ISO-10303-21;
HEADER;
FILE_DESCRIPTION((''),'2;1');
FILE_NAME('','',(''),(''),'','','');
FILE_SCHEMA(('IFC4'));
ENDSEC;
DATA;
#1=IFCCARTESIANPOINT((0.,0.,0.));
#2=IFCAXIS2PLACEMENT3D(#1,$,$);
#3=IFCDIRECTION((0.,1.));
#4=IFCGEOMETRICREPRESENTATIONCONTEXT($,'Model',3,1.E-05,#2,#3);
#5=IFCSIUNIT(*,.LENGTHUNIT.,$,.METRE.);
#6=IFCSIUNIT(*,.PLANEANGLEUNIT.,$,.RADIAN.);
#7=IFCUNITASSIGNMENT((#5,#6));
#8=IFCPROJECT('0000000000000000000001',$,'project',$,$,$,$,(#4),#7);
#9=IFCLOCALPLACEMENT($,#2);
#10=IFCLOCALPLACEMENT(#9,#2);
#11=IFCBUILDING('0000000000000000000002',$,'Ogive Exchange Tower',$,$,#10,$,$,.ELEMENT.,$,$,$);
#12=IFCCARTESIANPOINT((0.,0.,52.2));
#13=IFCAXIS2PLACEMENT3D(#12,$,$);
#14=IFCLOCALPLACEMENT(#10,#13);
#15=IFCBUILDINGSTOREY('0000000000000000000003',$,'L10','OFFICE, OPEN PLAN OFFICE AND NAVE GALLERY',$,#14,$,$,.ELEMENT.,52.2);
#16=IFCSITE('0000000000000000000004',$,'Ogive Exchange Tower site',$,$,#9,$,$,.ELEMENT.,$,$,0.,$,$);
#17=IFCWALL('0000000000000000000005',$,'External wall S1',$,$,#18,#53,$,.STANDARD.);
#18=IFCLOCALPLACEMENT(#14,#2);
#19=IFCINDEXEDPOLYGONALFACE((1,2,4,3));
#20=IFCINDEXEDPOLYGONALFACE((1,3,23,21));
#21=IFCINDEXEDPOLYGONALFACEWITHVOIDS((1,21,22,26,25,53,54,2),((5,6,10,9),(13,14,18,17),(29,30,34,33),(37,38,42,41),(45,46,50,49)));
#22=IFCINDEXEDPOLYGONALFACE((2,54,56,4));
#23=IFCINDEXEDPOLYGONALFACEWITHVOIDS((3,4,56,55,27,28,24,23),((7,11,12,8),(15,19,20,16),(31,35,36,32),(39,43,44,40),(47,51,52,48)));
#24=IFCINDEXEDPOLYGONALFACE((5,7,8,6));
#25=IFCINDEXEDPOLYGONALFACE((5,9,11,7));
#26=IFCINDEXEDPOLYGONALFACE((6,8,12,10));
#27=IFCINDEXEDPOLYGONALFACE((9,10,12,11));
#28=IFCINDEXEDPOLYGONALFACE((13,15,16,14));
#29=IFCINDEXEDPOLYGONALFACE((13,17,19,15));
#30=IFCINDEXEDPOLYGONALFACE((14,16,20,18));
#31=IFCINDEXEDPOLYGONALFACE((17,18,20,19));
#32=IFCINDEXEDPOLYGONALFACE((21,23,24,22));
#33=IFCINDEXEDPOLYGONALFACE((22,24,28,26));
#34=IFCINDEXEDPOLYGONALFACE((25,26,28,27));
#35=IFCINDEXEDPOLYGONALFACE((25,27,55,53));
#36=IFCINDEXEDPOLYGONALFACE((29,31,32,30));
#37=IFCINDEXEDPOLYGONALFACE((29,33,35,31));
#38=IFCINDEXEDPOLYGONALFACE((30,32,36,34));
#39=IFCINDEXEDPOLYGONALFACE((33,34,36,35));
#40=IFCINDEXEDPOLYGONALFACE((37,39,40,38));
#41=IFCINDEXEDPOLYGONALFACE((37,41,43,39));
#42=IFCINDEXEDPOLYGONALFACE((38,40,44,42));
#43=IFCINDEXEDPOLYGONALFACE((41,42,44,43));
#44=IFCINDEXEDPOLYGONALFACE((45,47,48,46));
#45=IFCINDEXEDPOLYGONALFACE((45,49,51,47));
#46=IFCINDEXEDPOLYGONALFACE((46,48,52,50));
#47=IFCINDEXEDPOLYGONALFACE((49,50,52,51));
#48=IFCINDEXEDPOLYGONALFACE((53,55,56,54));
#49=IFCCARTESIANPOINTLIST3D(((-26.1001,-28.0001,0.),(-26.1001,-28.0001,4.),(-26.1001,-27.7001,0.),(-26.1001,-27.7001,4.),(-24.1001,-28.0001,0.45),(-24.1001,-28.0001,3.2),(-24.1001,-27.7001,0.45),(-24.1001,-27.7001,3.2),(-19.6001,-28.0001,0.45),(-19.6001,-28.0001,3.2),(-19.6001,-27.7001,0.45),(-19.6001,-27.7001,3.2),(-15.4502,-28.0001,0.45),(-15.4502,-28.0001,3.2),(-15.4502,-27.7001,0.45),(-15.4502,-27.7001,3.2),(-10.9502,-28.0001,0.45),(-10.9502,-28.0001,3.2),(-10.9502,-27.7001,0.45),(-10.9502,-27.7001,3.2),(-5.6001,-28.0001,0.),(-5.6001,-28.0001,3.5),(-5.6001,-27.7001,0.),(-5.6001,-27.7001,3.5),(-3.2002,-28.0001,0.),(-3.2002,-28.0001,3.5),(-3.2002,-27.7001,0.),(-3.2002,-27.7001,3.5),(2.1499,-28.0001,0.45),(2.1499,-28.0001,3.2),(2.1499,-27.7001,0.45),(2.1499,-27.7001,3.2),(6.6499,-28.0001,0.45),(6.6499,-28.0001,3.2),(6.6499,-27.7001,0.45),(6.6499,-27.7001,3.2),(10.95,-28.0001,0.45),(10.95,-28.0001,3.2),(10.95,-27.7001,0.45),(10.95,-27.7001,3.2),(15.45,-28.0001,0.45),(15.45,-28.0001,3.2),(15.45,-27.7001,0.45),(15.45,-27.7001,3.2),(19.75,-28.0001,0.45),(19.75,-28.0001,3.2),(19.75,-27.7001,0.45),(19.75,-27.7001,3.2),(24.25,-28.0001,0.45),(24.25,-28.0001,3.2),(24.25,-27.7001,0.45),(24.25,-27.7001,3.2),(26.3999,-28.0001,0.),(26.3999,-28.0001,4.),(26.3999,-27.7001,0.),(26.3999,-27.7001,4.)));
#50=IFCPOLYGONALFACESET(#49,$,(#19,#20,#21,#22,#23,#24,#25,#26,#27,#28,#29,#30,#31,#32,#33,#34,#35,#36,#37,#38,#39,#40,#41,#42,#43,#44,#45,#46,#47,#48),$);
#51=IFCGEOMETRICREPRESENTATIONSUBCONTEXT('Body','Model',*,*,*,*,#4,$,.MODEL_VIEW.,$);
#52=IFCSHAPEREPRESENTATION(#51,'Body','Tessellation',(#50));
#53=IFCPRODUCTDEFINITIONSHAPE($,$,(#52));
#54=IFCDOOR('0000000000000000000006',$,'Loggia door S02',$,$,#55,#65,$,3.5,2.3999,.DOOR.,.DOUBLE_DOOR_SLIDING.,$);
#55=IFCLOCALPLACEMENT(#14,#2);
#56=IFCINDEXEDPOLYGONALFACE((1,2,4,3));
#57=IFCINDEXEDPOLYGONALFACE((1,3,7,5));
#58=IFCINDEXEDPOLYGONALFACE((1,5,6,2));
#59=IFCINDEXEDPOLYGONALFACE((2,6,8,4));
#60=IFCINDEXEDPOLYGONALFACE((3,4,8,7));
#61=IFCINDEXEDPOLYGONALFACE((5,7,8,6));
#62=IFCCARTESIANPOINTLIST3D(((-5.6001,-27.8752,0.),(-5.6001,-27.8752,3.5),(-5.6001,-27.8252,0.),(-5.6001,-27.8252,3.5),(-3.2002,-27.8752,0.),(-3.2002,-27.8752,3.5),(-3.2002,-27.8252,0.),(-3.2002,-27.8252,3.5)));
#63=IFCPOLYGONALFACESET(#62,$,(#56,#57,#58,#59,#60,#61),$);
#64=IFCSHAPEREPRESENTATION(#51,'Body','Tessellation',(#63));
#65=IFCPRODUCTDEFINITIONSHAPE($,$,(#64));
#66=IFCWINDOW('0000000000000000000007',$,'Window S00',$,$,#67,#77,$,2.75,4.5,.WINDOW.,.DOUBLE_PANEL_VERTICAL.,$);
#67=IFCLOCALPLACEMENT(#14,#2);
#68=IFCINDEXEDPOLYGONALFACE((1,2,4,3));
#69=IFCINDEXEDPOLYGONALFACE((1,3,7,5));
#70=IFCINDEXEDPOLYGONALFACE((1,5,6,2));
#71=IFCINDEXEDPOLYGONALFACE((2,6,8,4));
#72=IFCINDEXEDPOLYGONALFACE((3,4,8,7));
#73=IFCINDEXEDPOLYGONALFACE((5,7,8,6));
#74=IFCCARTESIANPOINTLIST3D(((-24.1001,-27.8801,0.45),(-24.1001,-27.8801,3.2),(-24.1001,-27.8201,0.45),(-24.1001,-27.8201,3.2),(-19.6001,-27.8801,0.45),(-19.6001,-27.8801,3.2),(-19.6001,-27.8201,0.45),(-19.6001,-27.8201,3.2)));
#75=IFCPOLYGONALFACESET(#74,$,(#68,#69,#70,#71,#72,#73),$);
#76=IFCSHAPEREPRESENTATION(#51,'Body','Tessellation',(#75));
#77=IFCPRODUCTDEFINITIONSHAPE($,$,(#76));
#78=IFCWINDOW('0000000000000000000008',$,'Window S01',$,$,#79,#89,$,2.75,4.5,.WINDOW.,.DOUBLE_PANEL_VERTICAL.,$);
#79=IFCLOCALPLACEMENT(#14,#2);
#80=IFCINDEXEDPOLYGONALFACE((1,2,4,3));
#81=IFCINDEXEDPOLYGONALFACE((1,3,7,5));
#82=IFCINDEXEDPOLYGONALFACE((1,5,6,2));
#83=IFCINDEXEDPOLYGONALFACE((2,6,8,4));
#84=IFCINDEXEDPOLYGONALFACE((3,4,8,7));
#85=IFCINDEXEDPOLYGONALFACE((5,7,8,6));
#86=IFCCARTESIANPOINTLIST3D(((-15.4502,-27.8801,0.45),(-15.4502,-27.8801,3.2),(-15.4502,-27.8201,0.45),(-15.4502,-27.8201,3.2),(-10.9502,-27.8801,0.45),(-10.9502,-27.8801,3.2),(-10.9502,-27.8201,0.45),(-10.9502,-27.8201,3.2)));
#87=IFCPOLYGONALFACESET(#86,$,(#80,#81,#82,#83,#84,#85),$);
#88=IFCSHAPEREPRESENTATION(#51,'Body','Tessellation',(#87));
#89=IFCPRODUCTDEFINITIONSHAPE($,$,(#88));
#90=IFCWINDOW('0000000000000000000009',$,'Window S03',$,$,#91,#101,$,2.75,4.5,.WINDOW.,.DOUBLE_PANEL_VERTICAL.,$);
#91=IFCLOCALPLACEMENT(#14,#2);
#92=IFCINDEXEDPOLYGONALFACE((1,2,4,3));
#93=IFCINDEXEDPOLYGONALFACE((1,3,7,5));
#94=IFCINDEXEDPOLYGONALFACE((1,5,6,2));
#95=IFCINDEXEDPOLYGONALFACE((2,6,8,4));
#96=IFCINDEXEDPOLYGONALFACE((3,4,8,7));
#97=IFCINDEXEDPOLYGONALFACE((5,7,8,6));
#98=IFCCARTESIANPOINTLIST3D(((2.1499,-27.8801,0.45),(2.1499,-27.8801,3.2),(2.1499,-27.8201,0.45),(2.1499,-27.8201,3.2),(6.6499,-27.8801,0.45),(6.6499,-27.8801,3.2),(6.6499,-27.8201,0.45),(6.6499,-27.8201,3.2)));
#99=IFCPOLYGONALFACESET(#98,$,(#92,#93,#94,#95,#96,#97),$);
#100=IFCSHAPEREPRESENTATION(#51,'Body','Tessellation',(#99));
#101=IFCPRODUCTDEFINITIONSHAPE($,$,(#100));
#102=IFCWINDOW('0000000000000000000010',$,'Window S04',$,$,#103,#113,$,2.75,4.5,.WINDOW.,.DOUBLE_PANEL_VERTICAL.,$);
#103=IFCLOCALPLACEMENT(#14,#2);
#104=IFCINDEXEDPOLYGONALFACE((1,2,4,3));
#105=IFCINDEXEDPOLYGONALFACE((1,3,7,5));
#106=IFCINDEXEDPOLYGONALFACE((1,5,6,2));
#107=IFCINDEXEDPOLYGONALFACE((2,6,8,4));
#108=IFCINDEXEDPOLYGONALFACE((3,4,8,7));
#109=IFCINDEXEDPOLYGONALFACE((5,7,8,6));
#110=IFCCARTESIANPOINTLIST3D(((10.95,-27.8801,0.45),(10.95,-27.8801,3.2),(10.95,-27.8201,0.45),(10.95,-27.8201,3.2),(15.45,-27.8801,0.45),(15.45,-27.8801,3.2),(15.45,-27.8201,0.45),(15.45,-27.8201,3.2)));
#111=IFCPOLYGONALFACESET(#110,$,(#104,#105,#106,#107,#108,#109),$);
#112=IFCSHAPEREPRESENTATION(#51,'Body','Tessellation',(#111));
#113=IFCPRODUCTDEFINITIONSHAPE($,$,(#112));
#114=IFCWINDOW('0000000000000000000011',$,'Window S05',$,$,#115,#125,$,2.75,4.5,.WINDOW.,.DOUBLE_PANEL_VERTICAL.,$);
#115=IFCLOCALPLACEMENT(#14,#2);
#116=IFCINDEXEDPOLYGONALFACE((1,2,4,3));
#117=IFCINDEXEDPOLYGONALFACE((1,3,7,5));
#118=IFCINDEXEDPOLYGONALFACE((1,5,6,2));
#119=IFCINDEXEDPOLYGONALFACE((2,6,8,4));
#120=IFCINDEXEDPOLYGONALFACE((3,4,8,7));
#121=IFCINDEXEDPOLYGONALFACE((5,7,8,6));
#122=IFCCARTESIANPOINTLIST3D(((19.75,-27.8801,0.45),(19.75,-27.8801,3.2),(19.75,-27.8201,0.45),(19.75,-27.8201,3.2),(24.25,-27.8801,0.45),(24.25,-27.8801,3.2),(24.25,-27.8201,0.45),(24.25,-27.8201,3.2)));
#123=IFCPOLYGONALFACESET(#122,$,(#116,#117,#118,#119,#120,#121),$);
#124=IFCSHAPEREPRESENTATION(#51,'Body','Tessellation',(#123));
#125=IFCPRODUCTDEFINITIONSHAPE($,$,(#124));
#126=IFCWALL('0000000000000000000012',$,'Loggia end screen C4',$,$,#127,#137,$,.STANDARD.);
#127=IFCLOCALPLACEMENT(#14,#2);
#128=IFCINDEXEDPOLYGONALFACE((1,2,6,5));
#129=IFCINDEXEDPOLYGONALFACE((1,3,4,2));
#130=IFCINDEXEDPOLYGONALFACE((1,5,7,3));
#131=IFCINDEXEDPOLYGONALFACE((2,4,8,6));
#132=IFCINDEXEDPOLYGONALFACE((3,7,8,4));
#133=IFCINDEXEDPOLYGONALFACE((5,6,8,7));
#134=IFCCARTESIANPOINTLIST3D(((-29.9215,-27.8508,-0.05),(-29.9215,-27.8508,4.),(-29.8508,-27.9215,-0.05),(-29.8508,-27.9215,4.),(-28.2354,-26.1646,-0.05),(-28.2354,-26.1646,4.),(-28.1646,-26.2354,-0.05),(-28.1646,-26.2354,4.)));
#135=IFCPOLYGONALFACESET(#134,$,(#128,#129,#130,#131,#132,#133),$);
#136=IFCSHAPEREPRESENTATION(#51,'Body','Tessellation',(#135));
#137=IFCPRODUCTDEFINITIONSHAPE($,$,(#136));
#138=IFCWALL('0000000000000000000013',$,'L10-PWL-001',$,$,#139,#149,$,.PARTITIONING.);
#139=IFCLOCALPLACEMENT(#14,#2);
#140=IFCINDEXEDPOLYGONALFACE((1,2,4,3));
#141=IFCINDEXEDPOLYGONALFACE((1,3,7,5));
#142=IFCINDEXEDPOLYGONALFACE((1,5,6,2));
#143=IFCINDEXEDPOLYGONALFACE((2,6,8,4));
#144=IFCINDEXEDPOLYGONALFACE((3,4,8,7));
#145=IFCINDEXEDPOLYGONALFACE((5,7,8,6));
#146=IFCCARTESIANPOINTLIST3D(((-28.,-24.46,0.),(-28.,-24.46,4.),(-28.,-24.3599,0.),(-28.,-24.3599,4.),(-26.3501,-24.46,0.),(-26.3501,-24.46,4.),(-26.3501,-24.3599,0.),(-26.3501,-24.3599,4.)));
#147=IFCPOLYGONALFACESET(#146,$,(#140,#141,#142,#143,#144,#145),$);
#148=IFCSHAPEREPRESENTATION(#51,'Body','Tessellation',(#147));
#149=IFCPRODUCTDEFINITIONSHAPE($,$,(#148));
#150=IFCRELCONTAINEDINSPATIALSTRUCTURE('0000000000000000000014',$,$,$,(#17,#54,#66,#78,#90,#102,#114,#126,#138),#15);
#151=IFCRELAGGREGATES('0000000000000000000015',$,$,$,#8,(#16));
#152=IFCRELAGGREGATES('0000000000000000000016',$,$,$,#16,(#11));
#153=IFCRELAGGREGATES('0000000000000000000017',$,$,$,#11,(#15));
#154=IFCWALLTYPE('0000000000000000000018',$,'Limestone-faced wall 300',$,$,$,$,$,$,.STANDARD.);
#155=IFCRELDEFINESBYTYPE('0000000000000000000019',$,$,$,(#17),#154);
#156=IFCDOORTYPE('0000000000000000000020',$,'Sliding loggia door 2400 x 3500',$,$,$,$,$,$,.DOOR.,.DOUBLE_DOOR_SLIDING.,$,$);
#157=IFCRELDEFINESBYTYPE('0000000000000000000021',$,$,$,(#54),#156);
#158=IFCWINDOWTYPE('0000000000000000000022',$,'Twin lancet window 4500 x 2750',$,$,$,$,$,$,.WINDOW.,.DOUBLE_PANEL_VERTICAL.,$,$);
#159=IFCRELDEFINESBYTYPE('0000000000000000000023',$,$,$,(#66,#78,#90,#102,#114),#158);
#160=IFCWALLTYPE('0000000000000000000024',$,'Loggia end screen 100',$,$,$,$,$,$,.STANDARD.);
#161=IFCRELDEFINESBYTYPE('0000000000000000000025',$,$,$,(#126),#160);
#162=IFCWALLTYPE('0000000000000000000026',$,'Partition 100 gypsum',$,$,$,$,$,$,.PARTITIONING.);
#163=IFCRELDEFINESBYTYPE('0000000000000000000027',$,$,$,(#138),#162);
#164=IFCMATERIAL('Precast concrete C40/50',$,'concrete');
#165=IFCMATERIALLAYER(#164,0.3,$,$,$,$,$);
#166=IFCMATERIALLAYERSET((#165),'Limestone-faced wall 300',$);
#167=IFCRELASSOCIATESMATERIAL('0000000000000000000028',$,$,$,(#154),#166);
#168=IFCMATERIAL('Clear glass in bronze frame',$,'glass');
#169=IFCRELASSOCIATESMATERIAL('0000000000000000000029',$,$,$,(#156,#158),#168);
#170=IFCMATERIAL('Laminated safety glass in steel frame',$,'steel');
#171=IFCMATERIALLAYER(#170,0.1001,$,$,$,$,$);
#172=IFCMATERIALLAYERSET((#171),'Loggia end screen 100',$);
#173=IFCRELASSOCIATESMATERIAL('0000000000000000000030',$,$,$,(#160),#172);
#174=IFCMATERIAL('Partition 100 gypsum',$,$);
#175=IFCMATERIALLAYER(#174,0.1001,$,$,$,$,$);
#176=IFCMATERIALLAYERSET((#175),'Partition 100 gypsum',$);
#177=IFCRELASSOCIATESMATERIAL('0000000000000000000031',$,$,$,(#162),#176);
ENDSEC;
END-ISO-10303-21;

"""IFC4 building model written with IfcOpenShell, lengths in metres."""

from ifc_helpers import new_model, si_unit, direction, frame, frame_2d, origin, place, context, subcontext, project, spatial, rectangle, extrude, material, layer, layer_set, type_object, element, fill, save


model = new_model("IFC4")

# Units and contexts
model_context = context("Model", 3, precision=1e-05, world=origin(), true_north=direction((0.0, 1.0)))
body_context = subcontext(model_context, "Body", "Model", "MODEL_VIEW")
ifc_project = project(units=[si_unit("LENGTHUNIT", "METRE"), si_unit("PLANEANGLEUNIT", "RADIAN")], contexts=[model_context])

# Site, building, storey
site_placement = place(None, origin())
site = spatial("IfcSite", under=ifc_project, at=site_placement, Name="Ogive Exchange Tower site", CompositionType="ELEMENT", RefElevation=0.0)
building_placement = place(site_placement, origin())
building = spatial("IfcBuilding", under=site, at=building_placement, Name="Ogive Exchange Tower", CompositionType="ELEMENT")
storey_placement = place(building_placement, frame((0.0, 0.0, 52.2)))
storey = spatial("IfcBuildingStorey", under=building, at=storey_placement, Name="L10", Description="OFFICE, OPEN PLAN OFFICE AND NAVE GALLERY", CompositionType="ELEMENT", Elevation=52.2)

# Wall, openings, door, windows
ifc_material_1 = material(Name="Precast concrete C40/50", Category="concrete")
ifc_layer_1 = layer(ifc_material_1, 0.3)
ifc_layer_set_1 = layer_set([ifc_layer_1], Name="Limestone-faced wall 300")
wall_type_1 = type_object("IfcWallType", Name="Limestone-faced wall 300", PredefinedType="STANDARD", material=ifc_layer_set_1)
wall_1_placement = place(storey_placement, frame((-26.1001, -27.8501, 0.0), z_axis=(0.0, 0.0, 1.0), x_axis=(1.0, 0.0, 0.0)))
wall_1 = element("IfcWall", 1, at=wall_1_placement, inside=storey, type_object=wall_type_1, Name="External wall S1", PredefinedType="STANDARD", context=body_context, shape_type="SweptSolid", body=[
    extrude(rectangle(XDim=52.5, YDim=0.3, at=frame_2d((26.25, 0.0))), origin(), (0.0, 0.0, 1.0), 4.0),
])
opening_1_placement = place(wall_1_placement, frame((2.0, 0.0, 0.45)))
opening_1 = element("IfcOpeningElement", 2, at=opening_1_placement, cuts=wall_1, PredefinedType="OPENING", context=body_context, shape_type="SweptSolid", body=[
    extrude(rectangle(XDim=4.5, YDim=2.75, at=frame_2d((2.25, 1.375))), frame((0.0, 0.1599, 0.0), z_axis=(0.0, -1.0, 0.0), x_axis=(1.0, 0.0, 0.0)), (0.0, 0.0, 1.0), 0.3201),
])
opening_2_placement = place(wall_1_placement, frame((10.6499, 0.0, 0.45)))
opening_2 = element("IfcOpeningElement", 3, at=opening_2_placement, cuts=wall_1, PredefinedType="OPENING", context=body_context, shape_type="SweptSolid", body=[
    extrude(rectangle(XDim=4.5, YDim=2.75, at=frame_2d((2.25, 1.375))), frame((0.0, 0.1599, 0.0), z_axis=(0.0, -1.0, 0.0), x_axis=(1.0, 0.0, 0.0)), (0.0, 0.0, 1.0), 0.3201),
])
opening_3_placement = place(wall_1_placement, frame((20.5, 0.0, 0.0)))
opening_3 = element("IfcOpeningElement", 4, at=opening_3_placement, cuts=wall_1, PredefinedType="OPENING", context=body_context, shape_type="SweptSolid", body=[
    extrude(rectangle(XDim=2.3999, YDim=3.5, at=frame_2d((1.2, 1.75))), frame((0.0, 0.1599, 0.0), z_axis=(0.0, -1.0, 0.0), x_axis=(1.0, 0.0, 0.0)), (0.0, 0.0, 1.0), 0.3201),
])
opening_4_placement = place(wall_1_placement, frame((28.25, 0.0, 0.45)))
opening_4 = element("IfcOpeningElement", 5, at=opening_4_placement, cuts=wall_1, PredefinedType="OPENING", context=body_context, shape_type="SweptSolid", body=[
    extrude(rectangle(XDim=4.5, YDim=2.75, at=frame_2d((2.25, 1.375))), frame((0.0, 0.1599, 0.0), z_axis=(0.0, -1.0, 0.0), x_axis=(1.0, 0.0, 0.0)), (0.0, 0.0, 1.0), 0.3201),
])
opening_5_placement = place(wall_1_placement, frame((37.05, 0.0, 0.45)))
opening_5 = element("IfcOpeningElement", 6, at=opening_5_placement, cuts=wall_1, PredefinedType="OPENING", context=body_context, shape_type="SweptSolid", body=[
    extrude(rectangle(XDim=4.5, YDim=2.75, at=frame_2d((2.25, 1.375))), frame((0.0, 0.1599, 0.0), z_axis=(0.0, -1.0, 0.0), x_axis=(1.0, 0.0, 0.0)), (0.0, 0.0, 1.0), 0.3201),
])
opening_6_placement = place(wall_1_placement, frame((45.8501, 0.0, 0.45)))
opening_6 = element("IfcOpeningElement", 7, at=opening_6_placement, cuts=wall_1, PredefinedType="OPENING", context=body_context, shape_type="SweptSolid", body=[
    extrude(rectangle(XDim=4.5, YDim=2.75, at=frame_2d((2.25, 1.375))), frame((0.0, 0.1599, 0.0), z_axis=(0.0, -1.0, 0.0), x_axis=(1.0, 0.0, 0.0)), (0.0, 0.0, 1.0), 0.3201),
])
ifc_material_2 = material(Name="Clear glass in bronze frame", Category="glass")
door_type_1 = type_object("IfcDoorType", Name="Sliding loggia door 2400 x 3500", OperationType="DOUBLE_DOOR_SLIDING", PredefinedType="DOOR", material=ifc_material_2)
door_1_placement = place(opening_3_placement, origin())
door_1 = element("IfcDoor", 8, at=door_1_placement, inside=storey, type_object=door_type_1, Name="Loggia door S02", OperationType="DOUBLE_DOOR_SLIDING", OverallHeight=3.5, OverallWidth=2.3999, PredefinedType="DOOR", context=body_context, shape_type="SweptSolid", body=[
    extrude(rectangle(XDim=2.3999, YDim=3.5, at=frame_2d((1.2, 1.75))), frame((0.0, 0.0249, 0.0), z_axis=(0.0, -1.0, 0.0), x_axis=(1.0, 0.0, 0.0)), (0.0, 0.0, 1.0), 0.05),
])
fill(opening_3, door_1)
window_type = type_object("IfcWindowType", Name="Twin lancet window 4500 x 2750", PartitioningType="DOUBLE_PANEL_VERTICAL", PredefinedType="WINDOW", material=ifc_material_2)
window_1_placement = place(opening_1_placement, origin())
window_1 = element("IfcWindow", 9, at=window_1_placement, inside=storey, type_object=window_type, Name="Window S00", OverallHeight=2.75, OverallWidth=4.5, PartitioningType="DOUBLE_PANEL_VERTICAL", PredefinedType="WINDOW", context=body_context, shape_type="SweptSolid", body=[
    extrude(rectangle(XDim=4.5, YDim=2.75, at=frame_2d((2.25, 1.375))), frame((0.0, 0.03, 0.0), z_axis=(0.0, -1.0, 0.0), x_axis=(1.0, 0.0, 0.0)), (0.0, 0.0, 1.0), 0.0601),
])
fill(opening_1, window_1)
window_2_placement = place(opening_2_placement, origin())
window_2 = element("IfcWindow", 10, at=window_2_placement, inside=storey, type_object=window_type, Name="Window S01", OverallHeight=2.75, OverallWidth=4.5, PartitioningType="DOUBLE_PANEL_VERTICAL", PredefinedType="WINDOW", context=body_context, shape_type="SweptSolid", body=[
    extrude(rectangle(XDim=4.5, YDim=2.75, at=frame_2d((2.25, 1.375))), frame((0.0, 0.03, 0.0), z_axis=(0.0, -1.0, 0.0), x_axis=(1.0, 0.0, 0.0)), (0.0, 0.0, 1.0), 0.0601),
])
fill(opening_2, window_2)
window_3_placement = place(opening_4_placement, origin())
window_3 = element("IfcWindow", 11, at=window_3_placement, inside=storey, type_object=window_type, Name="Window S03", OverallHeight=2.75, OverallWidth=4.5, PartitioningType="DOUBLE_PANEL_VERTICAL", PredefinedType="WINDOW", context=body_context, shape_type="SweptSolid", body=[
    extrude(rectangle(XDim=4.5, YDim=2.75, at=frame_2d((2.25, 1.375))), frame((0.0, 0.03, 0.0), z_axis=(0.0, -1.0, 0.0), x_axis=(1.0, 0.0, 0.0)), (0.0, 0.0, 1.0), 0.0601),
])
fill(opening_4, window_3)
window_4_placement = place(opening_5_placement, origin())
window_4 = element("IfcWindow", 12, at=window_4_placement, inside=storey, type_object=window_type, Name="Window S04", OverallHeight=2.75, OverallWidth=4.5, PartitioningType="DOUBLE_PANEL_VERTICAL", PredefinedType="WINDOW", context=body_context, shape_type="SweptSolid", body=[
    extrude(rectangle(XDim=4.5, YDim=2.75, at=frame_2d((2.25, 1.375))), frame((0.0, 0.03, 0.0), z_axis=(0.0, -1.0, 0.0), x_axis=(1.0, 0.0, 0.0)), (0.0, 0.0, 1.0), 0.0601),
])
fill(opening_5, window_4)
window_5_placement = place(opening_6_placement, origin())
window_5 = element("IfcWindow", 13, at=window_5_placement, inside=storey, type_object=window_type, Name="Window S05", OverallHeight=2.75, OverallWidth=4.5, PartitioningType="DOUBLE_PANEL_VERTICAL", PredefinedType="WINDOW", context=body_context, shape_type="SweptSolid", body=[
    extrude(rectangle(XDim=4.5, YDim=2.75, at=frame_2d((2.25, 1.375))), frame((0.0, 0.03, 0.0), z_axis=(0.0, -1.0, 0.0), x_axis=(1.0, 0.0, 0.0)), (0.0, 0.0, 1.0), 0.0601),
])
fill(opening_6, window_5)

# Walls
ifc_material_3 = material(Name="Laminated safety glass in steel frame", Category="steel")
ifc_layer_2 = layer(ifc_material_3, 0.1001)
ifc_layer_set_2 = layer_set([ifc_layer_2], Name="Loggia end screen 100")
wall_type_2 = type_object("IfcWallType", Name="Loggia end screen 100", PredefinedType="STANDARD", material=ifc_layer_set_2)
wall_2_placement = place(storey_placement, frame((-28.2, -26.2, -0.05), z_axis=(0.0, 0.0, 1.0), x_axis=(-0.707107, -0.707107, 0.0)))
element("IfcWall", 14, at=wall_2_placement, inside=storey, type_object=wall_type_2, Name="Loggia end screen C4", PredefinedType="STANDARD", context=body_context, shape_type="SweptSolid", body=[
    extrude(rectangle(XDim=2.3845, YDim=0.1001, at=frame_2d((1.1924, 0.0))), origin(), (0.0, 0.0, 1.0), 4.05),
])
ifc_material_4 = material(Name="Partition 100 gypsum")
ifc_layer_3 = layer(ifc_material_4, 0.1001)
ifc_layer_set_3 = layer_set([ifc_layer_3], Name="Partition 100 gypsum")
wall_type_3 = type_object("IfcWallType", Name="Partition 100 gypsum", PredefinedType="PARTITIONING", material=ifc_layer_set_3)
wall_3_placement = place(storey_placement, frame((-28.0, -24.4099, 0.0), z_axis=(0.0, 0.0, 1.0), x_axis=(1.0, 0.0, 0.0)))
element("IfcWall", 15, at=wall_3_placement, inside=storey, type_object=wall_type_3, Name="L10-PWL-001", PredefinedType="PARTITIONING", context=body_context, shape_type="SweptSolid", body=[
    extrude(rectangle(XDim=1.6499, YDim=0.1001, at=frame_2d((0.825, 0.0))), origin(), (0.0, 0.0, 1.0), 4.0),
])

save(model, "model.ifc")
